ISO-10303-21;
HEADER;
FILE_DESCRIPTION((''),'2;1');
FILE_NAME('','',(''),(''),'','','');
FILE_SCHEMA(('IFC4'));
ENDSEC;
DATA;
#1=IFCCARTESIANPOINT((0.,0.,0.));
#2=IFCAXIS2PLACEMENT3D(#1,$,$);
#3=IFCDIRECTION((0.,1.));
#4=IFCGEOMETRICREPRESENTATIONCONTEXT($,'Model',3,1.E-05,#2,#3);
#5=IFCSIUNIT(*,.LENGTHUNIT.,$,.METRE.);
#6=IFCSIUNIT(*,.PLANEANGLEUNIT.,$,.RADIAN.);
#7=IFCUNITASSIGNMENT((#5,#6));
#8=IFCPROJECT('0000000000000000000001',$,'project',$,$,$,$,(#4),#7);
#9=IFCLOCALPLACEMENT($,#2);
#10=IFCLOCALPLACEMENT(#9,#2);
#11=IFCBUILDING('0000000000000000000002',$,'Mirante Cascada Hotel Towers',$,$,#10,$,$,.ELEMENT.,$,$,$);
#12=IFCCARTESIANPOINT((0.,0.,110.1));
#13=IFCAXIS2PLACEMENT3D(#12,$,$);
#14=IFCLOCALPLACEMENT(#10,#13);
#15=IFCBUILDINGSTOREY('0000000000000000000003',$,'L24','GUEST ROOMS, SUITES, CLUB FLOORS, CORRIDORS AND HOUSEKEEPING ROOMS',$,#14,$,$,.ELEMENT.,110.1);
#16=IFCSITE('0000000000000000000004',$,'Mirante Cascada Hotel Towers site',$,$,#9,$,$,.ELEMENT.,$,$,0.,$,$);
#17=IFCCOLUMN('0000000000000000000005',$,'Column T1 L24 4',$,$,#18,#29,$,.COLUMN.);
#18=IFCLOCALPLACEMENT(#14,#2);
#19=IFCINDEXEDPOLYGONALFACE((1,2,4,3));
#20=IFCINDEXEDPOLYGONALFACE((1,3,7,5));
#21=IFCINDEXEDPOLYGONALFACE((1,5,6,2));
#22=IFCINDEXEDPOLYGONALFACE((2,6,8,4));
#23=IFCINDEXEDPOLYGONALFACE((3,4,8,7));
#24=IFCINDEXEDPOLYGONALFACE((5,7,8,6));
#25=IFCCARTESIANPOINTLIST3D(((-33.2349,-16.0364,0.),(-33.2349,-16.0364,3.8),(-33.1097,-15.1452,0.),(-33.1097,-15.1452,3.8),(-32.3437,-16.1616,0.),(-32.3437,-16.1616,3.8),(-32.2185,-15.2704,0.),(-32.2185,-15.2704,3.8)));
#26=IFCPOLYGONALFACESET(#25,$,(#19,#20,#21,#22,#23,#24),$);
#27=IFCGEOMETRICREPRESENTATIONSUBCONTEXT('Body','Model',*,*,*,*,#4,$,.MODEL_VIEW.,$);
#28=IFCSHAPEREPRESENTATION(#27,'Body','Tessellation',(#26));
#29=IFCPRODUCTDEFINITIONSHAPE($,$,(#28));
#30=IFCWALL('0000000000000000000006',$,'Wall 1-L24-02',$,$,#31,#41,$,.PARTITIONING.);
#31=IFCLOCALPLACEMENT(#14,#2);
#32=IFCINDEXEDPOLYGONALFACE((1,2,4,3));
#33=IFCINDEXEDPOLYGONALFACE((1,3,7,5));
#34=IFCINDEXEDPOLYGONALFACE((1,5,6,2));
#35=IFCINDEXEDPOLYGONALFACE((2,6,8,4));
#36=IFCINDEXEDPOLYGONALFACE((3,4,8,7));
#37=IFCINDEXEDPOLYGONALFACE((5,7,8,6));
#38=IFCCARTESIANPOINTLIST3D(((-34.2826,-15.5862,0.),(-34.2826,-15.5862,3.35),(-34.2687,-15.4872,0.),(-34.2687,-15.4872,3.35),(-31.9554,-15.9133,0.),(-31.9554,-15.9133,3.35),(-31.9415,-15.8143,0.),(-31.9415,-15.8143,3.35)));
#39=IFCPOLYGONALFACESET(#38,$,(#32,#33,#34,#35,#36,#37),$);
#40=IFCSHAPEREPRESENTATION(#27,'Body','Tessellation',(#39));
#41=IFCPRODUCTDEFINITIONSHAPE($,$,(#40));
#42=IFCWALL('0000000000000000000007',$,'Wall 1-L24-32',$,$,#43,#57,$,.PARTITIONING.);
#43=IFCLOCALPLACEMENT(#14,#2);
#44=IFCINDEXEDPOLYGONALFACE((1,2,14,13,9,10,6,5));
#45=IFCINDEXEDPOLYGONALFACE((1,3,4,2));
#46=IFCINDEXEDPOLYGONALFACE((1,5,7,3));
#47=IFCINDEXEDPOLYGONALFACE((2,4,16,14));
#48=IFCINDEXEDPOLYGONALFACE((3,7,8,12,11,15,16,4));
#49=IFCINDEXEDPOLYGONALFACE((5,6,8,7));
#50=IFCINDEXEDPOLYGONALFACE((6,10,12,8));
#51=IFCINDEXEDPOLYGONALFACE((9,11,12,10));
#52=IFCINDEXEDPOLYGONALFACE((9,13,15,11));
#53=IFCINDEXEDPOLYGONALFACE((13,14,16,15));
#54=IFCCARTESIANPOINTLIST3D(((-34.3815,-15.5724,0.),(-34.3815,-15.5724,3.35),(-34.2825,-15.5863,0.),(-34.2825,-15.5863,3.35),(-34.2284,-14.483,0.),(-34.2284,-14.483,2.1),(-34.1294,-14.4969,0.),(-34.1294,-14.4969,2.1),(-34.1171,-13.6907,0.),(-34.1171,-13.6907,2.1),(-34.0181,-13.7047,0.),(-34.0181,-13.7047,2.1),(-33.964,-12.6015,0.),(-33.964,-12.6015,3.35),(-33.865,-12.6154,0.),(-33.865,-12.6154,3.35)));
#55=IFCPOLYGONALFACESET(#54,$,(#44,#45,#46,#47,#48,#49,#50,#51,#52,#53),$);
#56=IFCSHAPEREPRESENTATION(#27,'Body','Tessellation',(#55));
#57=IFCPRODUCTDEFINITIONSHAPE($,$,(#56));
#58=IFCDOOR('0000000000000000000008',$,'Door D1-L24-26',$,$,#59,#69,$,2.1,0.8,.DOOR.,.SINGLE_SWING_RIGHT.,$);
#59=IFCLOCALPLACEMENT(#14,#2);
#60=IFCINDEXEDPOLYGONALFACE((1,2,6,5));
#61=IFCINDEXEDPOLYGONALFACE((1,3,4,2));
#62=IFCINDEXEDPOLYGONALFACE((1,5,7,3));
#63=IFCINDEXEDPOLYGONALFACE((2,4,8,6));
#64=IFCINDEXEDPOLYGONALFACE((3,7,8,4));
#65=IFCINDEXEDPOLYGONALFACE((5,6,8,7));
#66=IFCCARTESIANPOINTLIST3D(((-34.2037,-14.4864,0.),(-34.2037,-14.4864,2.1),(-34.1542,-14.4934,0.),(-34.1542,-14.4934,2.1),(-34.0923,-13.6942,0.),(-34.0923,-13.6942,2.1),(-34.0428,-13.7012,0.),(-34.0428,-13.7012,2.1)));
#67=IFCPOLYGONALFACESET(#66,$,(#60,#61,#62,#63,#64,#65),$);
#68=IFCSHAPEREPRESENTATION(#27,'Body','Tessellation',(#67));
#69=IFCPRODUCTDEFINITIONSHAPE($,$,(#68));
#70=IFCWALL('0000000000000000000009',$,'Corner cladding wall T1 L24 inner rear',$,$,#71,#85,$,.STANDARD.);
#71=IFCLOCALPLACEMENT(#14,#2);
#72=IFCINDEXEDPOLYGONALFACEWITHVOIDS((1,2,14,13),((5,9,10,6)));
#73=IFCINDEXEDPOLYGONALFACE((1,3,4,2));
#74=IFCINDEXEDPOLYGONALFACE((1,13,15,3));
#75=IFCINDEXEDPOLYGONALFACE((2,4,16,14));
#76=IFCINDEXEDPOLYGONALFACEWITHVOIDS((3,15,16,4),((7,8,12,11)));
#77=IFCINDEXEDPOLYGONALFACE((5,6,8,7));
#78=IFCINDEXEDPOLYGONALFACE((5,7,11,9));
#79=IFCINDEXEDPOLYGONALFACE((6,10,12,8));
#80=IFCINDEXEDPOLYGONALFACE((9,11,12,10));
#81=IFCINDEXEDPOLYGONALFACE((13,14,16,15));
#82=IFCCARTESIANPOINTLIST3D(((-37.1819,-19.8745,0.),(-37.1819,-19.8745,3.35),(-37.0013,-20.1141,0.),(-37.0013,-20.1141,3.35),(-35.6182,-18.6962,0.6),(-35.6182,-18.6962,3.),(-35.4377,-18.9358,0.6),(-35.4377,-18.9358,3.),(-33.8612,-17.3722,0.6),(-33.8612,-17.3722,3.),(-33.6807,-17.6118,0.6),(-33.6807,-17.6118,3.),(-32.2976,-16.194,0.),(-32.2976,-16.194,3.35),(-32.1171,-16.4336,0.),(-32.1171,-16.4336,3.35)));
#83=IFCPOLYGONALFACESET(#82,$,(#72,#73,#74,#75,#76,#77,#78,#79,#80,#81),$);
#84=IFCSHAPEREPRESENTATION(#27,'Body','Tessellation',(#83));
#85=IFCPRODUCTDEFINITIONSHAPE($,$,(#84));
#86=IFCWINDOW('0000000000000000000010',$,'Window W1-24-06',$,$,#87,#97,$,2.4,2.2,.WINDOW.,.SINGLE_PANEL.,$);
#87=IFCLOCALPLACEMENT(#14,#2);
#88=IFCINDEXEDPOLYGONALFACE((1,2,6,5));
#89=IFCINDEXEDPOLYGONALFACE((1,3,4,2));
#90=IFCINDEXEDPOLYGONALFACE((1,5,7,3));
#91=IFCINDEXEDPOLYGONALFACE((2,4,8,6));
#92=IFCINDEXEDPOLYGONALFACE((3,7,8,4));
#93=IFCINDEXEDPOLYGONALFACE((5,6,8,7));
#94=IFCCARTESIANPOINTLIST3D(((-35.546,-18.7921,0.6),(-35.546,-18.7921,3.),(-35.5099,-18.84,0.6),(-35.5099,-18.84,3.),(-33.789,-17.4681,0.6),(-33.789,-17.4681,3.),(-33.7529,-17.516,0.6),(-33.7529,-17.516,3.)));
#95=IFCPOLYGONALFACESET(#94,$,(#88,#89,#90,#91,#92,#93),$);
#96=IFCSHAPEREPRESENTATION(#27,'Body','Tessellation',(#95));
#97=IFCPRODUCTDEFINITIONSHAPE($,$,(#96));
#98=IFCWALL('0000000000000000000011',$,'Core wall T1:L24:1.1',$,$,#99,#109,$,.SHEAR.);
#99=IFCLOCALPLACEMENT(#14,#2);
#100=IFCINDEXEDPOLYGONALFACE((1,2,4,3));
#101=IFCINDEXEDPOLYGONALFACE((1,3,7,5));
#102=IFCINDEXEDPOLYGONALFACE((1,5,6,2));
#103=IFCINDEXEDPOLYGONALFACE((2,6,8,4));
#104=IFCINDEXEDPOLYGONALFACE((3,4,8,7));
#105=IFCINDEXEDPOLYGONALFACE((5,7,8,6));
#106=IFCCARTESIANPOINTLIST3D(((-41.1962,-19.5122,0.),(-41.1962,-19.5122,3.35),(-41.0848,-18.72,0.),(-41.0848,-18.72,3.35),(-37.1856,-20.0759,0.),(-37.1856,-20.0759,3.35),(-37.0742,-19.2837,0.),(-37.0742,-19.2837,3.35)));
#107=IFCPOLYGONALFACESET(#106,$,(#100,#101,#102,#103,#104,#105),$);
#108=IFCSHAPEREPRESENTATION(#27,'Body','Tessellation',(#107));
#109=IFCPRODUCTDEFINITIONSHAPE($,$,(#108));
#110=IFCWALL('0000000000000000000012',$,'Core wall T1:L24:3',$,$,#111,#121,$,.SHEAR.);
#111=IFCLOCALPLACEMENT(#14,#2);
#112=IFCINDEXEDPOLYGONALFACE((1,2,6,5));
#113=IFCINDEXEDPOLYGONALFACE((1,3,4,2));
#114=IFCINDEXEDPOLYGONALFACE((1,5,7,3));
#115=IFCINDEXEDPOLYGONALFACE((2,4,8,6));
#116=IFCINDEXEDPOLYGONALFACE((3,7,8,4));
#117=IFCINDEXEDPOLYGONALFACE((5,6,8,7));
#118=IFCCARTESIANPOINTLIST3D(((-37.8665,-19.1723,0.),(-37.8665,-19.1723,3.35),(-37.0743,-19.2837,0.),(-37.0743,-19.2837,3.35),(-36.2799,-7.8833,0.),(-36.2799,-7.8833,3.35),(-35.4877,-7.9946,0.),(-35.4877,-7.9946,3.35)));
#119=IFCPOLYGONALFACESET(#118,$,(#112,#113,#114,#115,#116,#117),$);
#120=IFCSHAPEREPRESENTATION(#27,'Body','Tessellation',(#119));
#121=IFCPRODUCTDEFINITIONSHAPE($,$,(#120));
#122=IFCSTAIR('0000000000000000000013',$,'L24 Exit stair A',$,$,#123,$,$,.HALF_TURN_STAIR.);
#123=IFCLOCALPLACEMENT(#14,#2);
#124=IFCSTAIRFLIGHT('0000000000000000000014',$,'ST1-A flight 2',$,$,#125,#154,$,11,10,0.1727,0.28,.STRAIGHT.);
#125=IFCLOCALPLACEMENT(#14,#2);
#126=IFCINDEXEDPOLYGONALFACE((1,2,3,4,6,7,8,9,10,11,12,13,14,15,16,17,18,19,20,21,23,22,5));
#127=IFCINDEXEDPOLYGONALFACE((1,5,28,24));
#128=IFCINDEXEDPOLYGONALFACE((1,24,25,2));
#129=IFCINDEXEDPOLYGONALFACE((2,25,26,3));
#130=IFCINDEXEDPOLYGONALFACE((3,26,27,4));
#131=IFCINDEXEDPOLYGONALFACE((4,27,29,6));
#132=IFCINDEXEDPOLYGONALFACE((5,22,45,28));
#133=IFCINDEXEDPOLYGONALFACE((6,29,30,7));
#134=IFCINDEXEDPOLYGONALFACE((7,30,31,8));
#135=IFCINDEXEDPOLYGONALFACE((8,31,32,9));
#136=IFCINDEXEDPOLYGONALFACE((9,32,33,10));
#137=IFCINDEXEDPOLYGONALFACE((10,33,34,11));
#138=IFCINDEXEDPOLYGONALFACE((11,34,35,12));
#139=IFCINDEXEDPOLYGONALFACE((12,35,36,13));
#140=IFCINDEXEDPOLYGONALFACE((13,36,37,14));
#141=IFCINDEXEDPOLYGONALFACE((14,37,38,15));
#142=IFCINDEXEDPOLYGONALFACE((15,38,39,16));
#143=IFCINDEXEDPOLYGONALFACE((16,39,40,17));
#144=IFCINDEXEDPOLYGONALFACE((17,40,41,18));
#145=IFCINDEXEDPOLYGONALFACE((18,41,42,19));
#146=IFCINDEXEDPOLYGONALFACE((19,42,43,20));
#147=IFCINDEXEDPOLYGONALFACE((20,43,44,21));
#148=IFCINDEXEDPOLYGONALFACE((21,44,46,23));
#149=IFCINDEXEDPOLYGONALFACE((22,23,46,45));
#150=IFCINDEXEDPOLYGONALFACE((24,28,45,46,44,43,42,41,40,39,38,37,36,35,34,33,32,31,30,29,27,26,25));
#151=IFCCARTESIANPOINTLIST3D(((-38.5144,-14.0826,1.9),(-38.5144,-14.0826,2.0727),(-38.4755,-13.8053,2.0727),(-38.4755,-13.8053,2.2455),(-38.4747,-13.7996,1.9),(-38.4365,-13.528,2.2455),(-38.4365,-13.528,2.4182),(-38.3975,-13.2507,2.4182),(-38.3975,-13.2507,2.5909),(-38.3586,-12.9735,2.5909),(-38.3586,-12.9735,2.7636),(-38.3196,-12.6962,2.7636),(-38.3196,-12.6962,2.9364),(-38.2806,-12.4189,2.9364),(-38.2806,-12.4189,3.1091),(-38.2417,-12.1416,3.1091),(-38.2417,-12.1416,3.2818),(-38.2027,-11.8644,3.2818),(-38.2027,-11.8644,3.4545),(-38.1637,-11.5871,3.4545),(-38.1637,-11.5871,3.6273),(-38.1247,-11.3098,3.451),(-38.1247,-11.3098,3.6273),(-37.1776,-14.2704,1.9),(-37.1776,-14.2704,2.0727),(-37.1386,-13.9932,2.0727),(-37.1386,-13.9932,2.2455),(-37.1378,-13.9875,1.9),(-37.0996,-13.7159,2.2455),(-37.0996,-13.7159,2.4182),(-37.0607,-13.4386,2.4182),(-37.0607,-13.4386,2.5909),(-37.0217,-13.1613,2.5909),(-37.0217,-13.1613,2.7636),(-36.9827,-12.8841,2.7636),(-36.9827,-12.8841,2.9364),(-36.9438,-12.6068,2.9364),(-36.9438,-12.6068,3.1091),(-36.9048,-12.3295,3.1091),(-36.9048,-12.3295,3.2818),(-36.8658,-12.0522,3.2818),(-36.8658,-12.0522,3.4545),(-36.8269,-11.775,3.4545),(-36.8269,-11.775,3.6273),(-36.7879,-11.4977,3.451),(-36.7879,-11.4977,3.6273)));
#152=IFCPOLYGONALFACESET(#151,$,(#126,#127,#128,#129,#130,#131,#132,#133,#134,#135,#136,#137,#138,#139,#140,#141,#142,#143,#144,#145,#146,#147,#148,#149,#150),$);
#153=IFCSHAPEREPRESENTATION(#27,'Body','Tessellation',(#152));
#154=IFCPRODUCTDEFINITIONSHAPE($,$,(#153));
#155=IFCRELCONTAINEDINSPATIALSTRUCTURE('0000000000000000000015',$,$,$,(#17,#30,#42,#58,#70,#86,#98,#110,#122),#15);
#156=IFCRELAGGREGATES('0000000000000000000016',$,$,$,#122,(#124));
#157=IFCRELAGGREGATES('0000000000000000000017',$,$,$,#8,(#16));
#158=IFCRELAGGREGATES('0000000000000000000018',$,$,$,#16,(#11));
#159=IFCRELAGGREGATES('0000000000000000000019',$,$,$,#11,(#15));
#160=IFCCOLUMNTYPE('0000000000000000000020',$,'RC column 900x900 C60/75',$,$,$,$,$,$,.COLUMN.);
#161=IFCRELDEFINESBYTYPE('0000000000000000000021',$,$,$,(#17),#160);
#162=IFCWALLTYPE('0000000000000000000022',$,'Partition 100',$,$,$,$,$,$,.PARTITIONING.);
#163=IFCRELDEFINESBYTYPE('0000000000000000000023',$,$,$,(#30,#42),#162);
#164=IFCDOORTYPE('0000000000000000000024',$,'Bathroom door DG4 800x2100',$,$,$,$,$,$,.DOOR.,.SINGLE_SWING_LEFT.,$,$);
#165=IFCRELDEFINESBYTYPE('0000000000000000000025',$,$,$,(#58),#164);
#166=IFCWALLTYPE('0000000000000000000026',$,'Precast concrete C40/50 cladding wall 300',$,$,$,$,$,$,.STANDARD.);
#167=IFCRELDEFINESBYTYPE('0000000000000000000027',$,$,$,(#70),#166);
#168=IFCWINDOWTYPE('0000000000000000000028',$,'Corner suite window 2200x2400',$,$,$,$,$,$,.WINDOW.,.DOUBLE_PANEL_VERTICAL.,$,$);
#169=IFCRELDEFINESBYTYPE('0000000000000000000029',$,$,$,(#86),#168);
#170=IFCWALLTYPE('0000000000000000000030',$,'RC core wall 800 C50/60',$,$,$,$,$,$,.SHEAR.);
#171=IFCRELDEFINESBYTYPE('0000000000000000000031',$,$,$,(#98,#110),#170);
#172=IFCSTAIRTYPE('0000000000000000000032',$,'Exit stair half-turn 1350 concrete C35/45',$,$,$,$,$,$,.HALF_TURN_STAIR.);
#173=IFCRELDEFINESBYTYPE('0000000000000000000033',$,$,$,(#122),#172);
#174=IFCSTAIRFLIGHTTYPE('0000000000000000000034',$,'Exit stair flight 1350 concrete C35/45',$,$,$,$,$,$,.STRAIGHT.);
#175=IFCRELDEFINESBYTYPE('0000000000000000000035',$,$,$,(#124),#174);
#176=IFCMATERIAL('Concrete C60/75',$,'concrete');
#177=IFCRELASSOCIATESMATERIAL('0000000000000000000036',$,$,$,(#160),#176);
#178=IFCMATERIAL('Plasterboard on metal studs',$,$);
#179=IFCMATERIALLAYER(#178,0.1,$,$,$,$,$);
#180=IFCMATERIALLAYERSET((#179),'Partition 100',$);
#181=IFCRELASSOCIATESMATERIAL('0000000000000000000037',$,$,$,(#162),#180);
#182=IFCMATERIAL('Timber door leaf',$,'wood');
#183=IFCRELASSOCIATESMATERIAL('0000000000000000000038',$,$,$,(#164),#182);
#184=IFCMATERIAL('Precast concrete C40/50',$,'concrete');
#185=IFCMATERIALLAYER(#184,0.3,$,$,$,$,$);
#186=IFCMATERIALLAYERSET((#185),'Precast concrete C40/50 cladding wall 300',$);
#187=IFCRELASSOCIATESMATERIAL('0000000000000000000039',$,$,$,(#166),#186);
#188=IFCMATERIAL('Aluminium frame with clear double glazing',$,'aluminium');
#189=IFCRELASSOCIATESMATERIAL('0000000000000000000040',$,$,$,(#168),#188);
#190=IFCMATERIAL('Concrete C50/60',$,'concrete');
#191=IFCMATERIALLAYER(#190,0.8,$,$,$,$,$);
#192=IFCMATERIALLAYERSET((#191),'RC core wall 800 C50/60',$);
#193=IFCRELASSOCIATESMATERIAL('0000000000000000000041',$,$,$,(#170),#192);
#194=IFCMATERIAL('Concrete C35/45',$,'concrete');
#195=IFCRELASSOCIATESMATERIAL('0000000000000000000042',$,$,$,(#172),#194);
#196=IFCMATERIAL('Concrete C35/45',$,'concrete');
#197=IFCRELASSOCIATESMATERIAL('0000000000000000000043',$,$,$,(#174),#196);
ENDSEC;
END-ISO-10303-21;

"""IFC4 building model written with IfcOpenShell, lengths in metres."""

from ifc_helpers import new_model, si_unit, direction, frame, frame_2d, origin, origin_2d, place, context, subcontext, project, spatial, polyline, rectangle, outline, extrude, material, layer, layer_set, material_profile, profile_set, type_object, element, fill, aggregate, save


model = new_model("IFC4")

# Units and contexts
model_context = context("Model", 3, precision=1e-05, world=origin(), true_north=direction((0.0, 1.0)))
body_context = subcontext(model_context, "Body", "Model", "MODEL_VIEW")
ifc_project = project(units=[si_unit("LENGTHUNIT", "METRE"), si_unit("PLANEANGLEUNIT", "RADIAN")], contexts=[model_context])

# Site, building, storey
site_placement = place(None, origin())
site = spatial("IfcSite", under=ifc_project, at=site_placement, Name="Mirante Cascada Hotel Towers site", CompositionType="ELEMENT", RefElevation=0.0)
building_placement = place(site_placement, origin())
building = spatial("IfcBuilding", under=site, at=building_placement, Name="Mirante Cascada Hotel Towers", CompositionType="ELEMENT")
storey_placement = place(building_placement, frame((0.0, 0.0, 110.1)))
storey = spatial("IfcBuildingStorey", under=building, at=storey_placement, Name="L24", Description="GUEST ROOMS, SUITES, CLUB FLOORS, CORRIDORS AND HOUSEKEEPING ROOMS", CompositionType="ELEMENT", Elevation=110.1)

# Column
ifc_material_1 = material(Name="Concrete C60/75", Category="concrete")
ifc_material_profile = material_profile(ifc_material_1, rectangle(XDim=0.9, YDim=0.9, at=origin_2d()), Name="RC column 900x900 C60/75")
ifc_profile_set = profile_set([ifc_material_profile], Name="Concrete C60/75")
column_type = type_object("IfcColumnType", Name="RC column 900x900 C60/75", PredefinedType="COLUMN", material=ifc_profile_set)
column_placement = place(storey_placement, frame((-32.7267, -15.6534, 0.0), z_axis=(0.0, 0.0, 1.0), x_axis=(-0.990268, 0.139173, 0.0)))
element("IfcColumn", 1, at=column_placement, inside=storey, type_object=column_type, Name="Column T1 L24 4", PredefinedType="COLUMN", context=body_context, shape_type="SweptSolid", body=[
    extrude(rectangle(XDim=0.9, YDim=0.9, at=origin_2d()), origin(), (0.0, 0.0, 1.0), 3.8),
])

# Wall
ifc_material_2 = material(Name="Plasterboard on metal studs")
ifc_layer_1 = layer(ifc_material_2, 0.1)
ifc_layer_set_1 = layer_set([ifc_layer_1], Name="Partition 100")
wall_type_1 = type_object("IfcWallType", Name="Partition 100", PredefinedType="PARTITIONING", material=ifc_layer_set_1)
wall_1_placement = place(storey_placement, frame((-34.2756, -15.5367, 0.0), z_axis=(0.0, 0.0, 1.0), x_axis=(0.990266, -0.139187, 0.0)))
element("IfcWall", 2, at=wall_1_placement, inside=storey, type_object=wall_type_1, Name="Wall 1-L24-02", PredefinedType="PARTITIONING", context=body_context, shape_type="SweptSolid", body=[
    extrude(rectangle(XDim=2.3501, YDim=0.1, at=frame_2d((1.175, 0.0))), origin(), (0.0, 0.0, 1.0), 3.35),
])

# Wall, opening, door
wall_2_placement = place(storey_placement, frame((-33.9145, -12.6084, 0.0), z_axis=(0.0, 0.0, 1.0), x_axis=(-0.139162, -0.99027, 0.0)))
wall_2 = element("IfcWall", 3, at=wall_2_placement, inside=storey, type_object=wall_type_1, Name="Wall 1-L24-32", PredefinedType="PARTITIONING", context=body_context, shape_type="SweptSolid", body=[
    extrude(rectangle(XDim=3.0001, YDim=0.1, at=frame_2d((1.5001, 0.0))), origin(), (0.0, 0.0, 1.0), 3.35),
])
opening_1_placement = place(wall_2_placement, frame((1.1, 0.0, 0.0)))
opening_1 = element("IfcOpeningElement", 4, at=opening_1_placement, cuts=wall_2, PredefinedType="OPENING", context=body_context, shape_type="SweptSolid", body=[
    extrude(rectangle(XDim=0.8, YDim=2.1, at=frame_2d((0.4, 1.05))), frame((0.0, 0.05, 0.0), z_axis=(0.0, -1.0, 0.0), x_axis=(1.0, 0.0, 0.0)), (0.0, 0.0, 1.0), 0.1),
])
ifc_material_3 = material(Name="Timber door leaf", Category="wood")
door_type = type_object("IfcDoorType", Name="Bathroom door DG4 800x2100", OperationType="SINGLE_SWING_LEFT", PredefinedType="DOOR", material=ifc_material_3)
door_placement = place(opening_1_placement, frame((0.8, 0.0, 0.0), z_axis=(0.0, 0.0, 1.0), x_axis=(-1.0, 0.0, 0.0)))
door = element("IfcDoor", 5, at=door_placement, inside=storey, type_object=door_type, Name="Door D1-L24-26", OperationType="SINGLE_SWING_RIGHT", OverallHeight=2.1, OverallWidth=0.8, PredefinedType="DOOR", context=body_context, shape_type="SweptSolid", body=[
    extrude(rectangle(XDim=0.8, YDim=2.1, at=frame_2d((0.4, 1.05))), frame((0.0, 0.025, 0.0), z_axis=(0.0, -1.0, 0.0), x_axis=(1.0, 0.0, 0.0)), (0.0, 0.0, 1.0), 0.05),
])
fill(opening_1, door)

# Wall, opening, window
ifc_material_4 = material(Name="Precast concrete C40/50", Category="concrete")
ifc_layer_2 = layer(ifc_material_4, 0.3)
ifc_layer_set_2 = layer_set([ifc_layer_2], Name="Precast concrete C40/50 cladding wall 300")
wall_type_2 = type_object("IfcWallType", Name="Precast concrete C40/50 cladding wall 300", PredefinedType="STANDARD", material=ifc_layer_set_2)
wall_3_placement = place(storey_placement, frame((-32.2074, -16.3138, 0.0), z_axis=(0.0, 0.0, 1.0), x_axis=(-0.798636, -0.601814, 0.0)))
wall_3 = element("IfcWall", 6, at=wall_3_placement, inside=storey, type_object=wall_type_2, Name="Corner cladding wall T1 L24 inner rear", PredefinedType="STANDARD", context=body_context, shape_type="SweptSolid", body=[
    extrude(rectangle(XDim=6.1157, YDim=0.3, at=frame_2d((3.0578, 0.0))), origin(), (0.0, 0.0, 1.0), 3.35),
])
opening_2_placement = place(wall_3_placement, frame((1.9578, 0.0, 0.6)))
opening_2 = element("IfcOpeningElement", 7, at=opening_2_placement, cuts=wall_3, PredefinedType="OPENING", context=body_context, shape_type="SweptSolid", body=[
    extrude(rectangle(XDim=2.2, YDim=2.4, at=frame_2d((1.1, 1.2))), frame((0.0, 0.15, 0.0), z_axis=(0.0, -1.0, 0.0), x_axis=(1.0, 0.0, 0.0)), (0.0, 0.0, 1.0), 0.3),
])
ifc_material_5 = material(Name="Aluminium frame with clear double glazing", Category="aluminium")
window_type = type_object("IfcWindowType", Name="Corner suite window 2200x2400", PartitioningType="DOUBLE_PANEL_VERTICAL", PredefinedType="WINDOW", material=ifc_material_5)
window_placement = place(opening_2_placement, origin())
window = element("IfcWindow", 8, at=window_placement, inside=storey, type_object=window_type, Name="Window W1-24-06", OverallHeight=2.4, OverallWidth=2.2, PartitioningType="SINGLE_PANEL", PredefinedType="WINDOW", context=body_context, shape_type="SweptSolid", body=[
    extrude(rectangle(XDim=2.2, YDim=2.4, at=frame_2d((1.1, 1.2))), frame((0.0, 0.03, 0.0), z_axis=(0.0, -1.0, 0.0), x_axis=(1.0, 0.0, 0.0)), (0.0, 0.0, 1.0), 0.06),
])
fill(opening_2, window)

# Walls
ifc_material_6 = material(Name="Concrete C50/60", Category="concrete")
ifc_layer_3 = layer(ifc_material_6, 0.8)
ifc_layer_set_3 = layer_set([ifc_layer_3], Name="RC core wall 800 C50/60")
wall_type_3 = type_object("IfcWallType", Name="RC core wall 800 C50/60", PredefinedType="SHEAR", material=ifc_layer_set_3)
wall_4_placement = place(storey_placement, frame((-37.1299, -19.6798, 0.0), z_axis=(0.0, 0.0, 1.0), x_axis=(-0.990267, 0.139184, 0.0)))
element("IfcWall", 9, at=wall_4_placement, inside=storey, type_object=wall_type_3, Name="Core wall T1:L24:1.1", PredefinedType="SHEAR", context=body_context, shape_type="SweptSolid", body=[
    extrude(rectangle(XDim=4.05, YDim=0.8, at=frame_2d((2.025, 0.0))), origin(), (0.0, 0.0, 1.0), 3.35),
])
wall_5_placement = place(storey_placement, frame((-37.4704, -19.228, 0.0), z_axis=(0.0, 0.0, 1.0), x_axis=(0.139175, 0.990268, 0.0)))
element("IfcWall", 10, at=wall_5_placement, inside=storey, type_object=wall_type_3, Name="Core wall T1:L24:3", PredefinedType="SHEAR", context=body_context, shape_type="SweptSolid", body=[
    extrude(rectangle(XDim=11.4, YDim=0.8, at=frame_2d((5.7, 0.0))), origin(), (0.0, 0.0, 1.0), 3.35),
])

# Stair, stair flight
ifc_material_7 = material(Name="Concrete C35/45", Category="concrete")
stair_type = type_object("IfcStairType", Name="Exit stair half-turn 1350 concrete C35/45", PredefinedType="HALF_TURN_STAIR", material=ifc_material_7)
stair_placement = place(storey_placement, origin())
stair = element("IfcStair", 11, at=stair_placement, inside=storey, type_object=stair_type, Name="L24 Exit stair A", PredefinedType="HALF_TURN_STAIR")
ifc_material_8 = material(Name="Concrete C35/45", Category="concrete")
stair_flight_type = type_object("IfcStairFlightType", Name="Exit stair flight 1350 concrete C35/45", PredefinedType="STRAIGHT", material=ifc_material_8)
stair_flight_placement = place(storey_placement, frame((-37.846, -14.1765, 1.9), z_axis=(0.0, 0.0, 1.0), x_axis=(0.139173, 0.990268, 0.0)))
stair_flight = element("IfcStairFlight", 12, at=stair_flight_placement, type_object=stair_flight_type, Name="ST1-A flight 2", NumberOfRisers=11, NumberOfTreads=10, PredefinedType="STRAIGHT", RiserHeight=0.1727, TreadLength=0.28, context=body_context, shape_type="SweptSolid", body=[
    extrude(outline(polyline([(0.0, 0.0), (0.0, 0.1727), (0.28, 0.1727), (0.28, 0.3455), (0.56, 0.3455), (0.56, 0.5182), (0.84, 0.5182), (0.84, 0.6909), (1.12, 0.6909), (1.12, 0.8636), (1.4, 0.8636), (1.4, 1.0364), (1.68, 1.0364), (1.68, 1.2091), (1.96, 1.2091), (1.96, 1.3818), (2.24, 1.3818), (2.24, 1.5545), (2.52, 1.5545), (2.52, 1.7273), (2.8, 1.7273), (2.8, 1.9), (2.8, 1.551), (0.2857, 0.0), (0.0, 0.0)])), frame((0.0, 0.675, 0.0), z_axis=(0.0, -1.0, 0.0), x_axis=(1.0, 0.0, 0.0)), (0.0, 0.0, 1.0), 1.35),
])
aggregate(stair, [stair_flight])

save(model, "model.ifc")
